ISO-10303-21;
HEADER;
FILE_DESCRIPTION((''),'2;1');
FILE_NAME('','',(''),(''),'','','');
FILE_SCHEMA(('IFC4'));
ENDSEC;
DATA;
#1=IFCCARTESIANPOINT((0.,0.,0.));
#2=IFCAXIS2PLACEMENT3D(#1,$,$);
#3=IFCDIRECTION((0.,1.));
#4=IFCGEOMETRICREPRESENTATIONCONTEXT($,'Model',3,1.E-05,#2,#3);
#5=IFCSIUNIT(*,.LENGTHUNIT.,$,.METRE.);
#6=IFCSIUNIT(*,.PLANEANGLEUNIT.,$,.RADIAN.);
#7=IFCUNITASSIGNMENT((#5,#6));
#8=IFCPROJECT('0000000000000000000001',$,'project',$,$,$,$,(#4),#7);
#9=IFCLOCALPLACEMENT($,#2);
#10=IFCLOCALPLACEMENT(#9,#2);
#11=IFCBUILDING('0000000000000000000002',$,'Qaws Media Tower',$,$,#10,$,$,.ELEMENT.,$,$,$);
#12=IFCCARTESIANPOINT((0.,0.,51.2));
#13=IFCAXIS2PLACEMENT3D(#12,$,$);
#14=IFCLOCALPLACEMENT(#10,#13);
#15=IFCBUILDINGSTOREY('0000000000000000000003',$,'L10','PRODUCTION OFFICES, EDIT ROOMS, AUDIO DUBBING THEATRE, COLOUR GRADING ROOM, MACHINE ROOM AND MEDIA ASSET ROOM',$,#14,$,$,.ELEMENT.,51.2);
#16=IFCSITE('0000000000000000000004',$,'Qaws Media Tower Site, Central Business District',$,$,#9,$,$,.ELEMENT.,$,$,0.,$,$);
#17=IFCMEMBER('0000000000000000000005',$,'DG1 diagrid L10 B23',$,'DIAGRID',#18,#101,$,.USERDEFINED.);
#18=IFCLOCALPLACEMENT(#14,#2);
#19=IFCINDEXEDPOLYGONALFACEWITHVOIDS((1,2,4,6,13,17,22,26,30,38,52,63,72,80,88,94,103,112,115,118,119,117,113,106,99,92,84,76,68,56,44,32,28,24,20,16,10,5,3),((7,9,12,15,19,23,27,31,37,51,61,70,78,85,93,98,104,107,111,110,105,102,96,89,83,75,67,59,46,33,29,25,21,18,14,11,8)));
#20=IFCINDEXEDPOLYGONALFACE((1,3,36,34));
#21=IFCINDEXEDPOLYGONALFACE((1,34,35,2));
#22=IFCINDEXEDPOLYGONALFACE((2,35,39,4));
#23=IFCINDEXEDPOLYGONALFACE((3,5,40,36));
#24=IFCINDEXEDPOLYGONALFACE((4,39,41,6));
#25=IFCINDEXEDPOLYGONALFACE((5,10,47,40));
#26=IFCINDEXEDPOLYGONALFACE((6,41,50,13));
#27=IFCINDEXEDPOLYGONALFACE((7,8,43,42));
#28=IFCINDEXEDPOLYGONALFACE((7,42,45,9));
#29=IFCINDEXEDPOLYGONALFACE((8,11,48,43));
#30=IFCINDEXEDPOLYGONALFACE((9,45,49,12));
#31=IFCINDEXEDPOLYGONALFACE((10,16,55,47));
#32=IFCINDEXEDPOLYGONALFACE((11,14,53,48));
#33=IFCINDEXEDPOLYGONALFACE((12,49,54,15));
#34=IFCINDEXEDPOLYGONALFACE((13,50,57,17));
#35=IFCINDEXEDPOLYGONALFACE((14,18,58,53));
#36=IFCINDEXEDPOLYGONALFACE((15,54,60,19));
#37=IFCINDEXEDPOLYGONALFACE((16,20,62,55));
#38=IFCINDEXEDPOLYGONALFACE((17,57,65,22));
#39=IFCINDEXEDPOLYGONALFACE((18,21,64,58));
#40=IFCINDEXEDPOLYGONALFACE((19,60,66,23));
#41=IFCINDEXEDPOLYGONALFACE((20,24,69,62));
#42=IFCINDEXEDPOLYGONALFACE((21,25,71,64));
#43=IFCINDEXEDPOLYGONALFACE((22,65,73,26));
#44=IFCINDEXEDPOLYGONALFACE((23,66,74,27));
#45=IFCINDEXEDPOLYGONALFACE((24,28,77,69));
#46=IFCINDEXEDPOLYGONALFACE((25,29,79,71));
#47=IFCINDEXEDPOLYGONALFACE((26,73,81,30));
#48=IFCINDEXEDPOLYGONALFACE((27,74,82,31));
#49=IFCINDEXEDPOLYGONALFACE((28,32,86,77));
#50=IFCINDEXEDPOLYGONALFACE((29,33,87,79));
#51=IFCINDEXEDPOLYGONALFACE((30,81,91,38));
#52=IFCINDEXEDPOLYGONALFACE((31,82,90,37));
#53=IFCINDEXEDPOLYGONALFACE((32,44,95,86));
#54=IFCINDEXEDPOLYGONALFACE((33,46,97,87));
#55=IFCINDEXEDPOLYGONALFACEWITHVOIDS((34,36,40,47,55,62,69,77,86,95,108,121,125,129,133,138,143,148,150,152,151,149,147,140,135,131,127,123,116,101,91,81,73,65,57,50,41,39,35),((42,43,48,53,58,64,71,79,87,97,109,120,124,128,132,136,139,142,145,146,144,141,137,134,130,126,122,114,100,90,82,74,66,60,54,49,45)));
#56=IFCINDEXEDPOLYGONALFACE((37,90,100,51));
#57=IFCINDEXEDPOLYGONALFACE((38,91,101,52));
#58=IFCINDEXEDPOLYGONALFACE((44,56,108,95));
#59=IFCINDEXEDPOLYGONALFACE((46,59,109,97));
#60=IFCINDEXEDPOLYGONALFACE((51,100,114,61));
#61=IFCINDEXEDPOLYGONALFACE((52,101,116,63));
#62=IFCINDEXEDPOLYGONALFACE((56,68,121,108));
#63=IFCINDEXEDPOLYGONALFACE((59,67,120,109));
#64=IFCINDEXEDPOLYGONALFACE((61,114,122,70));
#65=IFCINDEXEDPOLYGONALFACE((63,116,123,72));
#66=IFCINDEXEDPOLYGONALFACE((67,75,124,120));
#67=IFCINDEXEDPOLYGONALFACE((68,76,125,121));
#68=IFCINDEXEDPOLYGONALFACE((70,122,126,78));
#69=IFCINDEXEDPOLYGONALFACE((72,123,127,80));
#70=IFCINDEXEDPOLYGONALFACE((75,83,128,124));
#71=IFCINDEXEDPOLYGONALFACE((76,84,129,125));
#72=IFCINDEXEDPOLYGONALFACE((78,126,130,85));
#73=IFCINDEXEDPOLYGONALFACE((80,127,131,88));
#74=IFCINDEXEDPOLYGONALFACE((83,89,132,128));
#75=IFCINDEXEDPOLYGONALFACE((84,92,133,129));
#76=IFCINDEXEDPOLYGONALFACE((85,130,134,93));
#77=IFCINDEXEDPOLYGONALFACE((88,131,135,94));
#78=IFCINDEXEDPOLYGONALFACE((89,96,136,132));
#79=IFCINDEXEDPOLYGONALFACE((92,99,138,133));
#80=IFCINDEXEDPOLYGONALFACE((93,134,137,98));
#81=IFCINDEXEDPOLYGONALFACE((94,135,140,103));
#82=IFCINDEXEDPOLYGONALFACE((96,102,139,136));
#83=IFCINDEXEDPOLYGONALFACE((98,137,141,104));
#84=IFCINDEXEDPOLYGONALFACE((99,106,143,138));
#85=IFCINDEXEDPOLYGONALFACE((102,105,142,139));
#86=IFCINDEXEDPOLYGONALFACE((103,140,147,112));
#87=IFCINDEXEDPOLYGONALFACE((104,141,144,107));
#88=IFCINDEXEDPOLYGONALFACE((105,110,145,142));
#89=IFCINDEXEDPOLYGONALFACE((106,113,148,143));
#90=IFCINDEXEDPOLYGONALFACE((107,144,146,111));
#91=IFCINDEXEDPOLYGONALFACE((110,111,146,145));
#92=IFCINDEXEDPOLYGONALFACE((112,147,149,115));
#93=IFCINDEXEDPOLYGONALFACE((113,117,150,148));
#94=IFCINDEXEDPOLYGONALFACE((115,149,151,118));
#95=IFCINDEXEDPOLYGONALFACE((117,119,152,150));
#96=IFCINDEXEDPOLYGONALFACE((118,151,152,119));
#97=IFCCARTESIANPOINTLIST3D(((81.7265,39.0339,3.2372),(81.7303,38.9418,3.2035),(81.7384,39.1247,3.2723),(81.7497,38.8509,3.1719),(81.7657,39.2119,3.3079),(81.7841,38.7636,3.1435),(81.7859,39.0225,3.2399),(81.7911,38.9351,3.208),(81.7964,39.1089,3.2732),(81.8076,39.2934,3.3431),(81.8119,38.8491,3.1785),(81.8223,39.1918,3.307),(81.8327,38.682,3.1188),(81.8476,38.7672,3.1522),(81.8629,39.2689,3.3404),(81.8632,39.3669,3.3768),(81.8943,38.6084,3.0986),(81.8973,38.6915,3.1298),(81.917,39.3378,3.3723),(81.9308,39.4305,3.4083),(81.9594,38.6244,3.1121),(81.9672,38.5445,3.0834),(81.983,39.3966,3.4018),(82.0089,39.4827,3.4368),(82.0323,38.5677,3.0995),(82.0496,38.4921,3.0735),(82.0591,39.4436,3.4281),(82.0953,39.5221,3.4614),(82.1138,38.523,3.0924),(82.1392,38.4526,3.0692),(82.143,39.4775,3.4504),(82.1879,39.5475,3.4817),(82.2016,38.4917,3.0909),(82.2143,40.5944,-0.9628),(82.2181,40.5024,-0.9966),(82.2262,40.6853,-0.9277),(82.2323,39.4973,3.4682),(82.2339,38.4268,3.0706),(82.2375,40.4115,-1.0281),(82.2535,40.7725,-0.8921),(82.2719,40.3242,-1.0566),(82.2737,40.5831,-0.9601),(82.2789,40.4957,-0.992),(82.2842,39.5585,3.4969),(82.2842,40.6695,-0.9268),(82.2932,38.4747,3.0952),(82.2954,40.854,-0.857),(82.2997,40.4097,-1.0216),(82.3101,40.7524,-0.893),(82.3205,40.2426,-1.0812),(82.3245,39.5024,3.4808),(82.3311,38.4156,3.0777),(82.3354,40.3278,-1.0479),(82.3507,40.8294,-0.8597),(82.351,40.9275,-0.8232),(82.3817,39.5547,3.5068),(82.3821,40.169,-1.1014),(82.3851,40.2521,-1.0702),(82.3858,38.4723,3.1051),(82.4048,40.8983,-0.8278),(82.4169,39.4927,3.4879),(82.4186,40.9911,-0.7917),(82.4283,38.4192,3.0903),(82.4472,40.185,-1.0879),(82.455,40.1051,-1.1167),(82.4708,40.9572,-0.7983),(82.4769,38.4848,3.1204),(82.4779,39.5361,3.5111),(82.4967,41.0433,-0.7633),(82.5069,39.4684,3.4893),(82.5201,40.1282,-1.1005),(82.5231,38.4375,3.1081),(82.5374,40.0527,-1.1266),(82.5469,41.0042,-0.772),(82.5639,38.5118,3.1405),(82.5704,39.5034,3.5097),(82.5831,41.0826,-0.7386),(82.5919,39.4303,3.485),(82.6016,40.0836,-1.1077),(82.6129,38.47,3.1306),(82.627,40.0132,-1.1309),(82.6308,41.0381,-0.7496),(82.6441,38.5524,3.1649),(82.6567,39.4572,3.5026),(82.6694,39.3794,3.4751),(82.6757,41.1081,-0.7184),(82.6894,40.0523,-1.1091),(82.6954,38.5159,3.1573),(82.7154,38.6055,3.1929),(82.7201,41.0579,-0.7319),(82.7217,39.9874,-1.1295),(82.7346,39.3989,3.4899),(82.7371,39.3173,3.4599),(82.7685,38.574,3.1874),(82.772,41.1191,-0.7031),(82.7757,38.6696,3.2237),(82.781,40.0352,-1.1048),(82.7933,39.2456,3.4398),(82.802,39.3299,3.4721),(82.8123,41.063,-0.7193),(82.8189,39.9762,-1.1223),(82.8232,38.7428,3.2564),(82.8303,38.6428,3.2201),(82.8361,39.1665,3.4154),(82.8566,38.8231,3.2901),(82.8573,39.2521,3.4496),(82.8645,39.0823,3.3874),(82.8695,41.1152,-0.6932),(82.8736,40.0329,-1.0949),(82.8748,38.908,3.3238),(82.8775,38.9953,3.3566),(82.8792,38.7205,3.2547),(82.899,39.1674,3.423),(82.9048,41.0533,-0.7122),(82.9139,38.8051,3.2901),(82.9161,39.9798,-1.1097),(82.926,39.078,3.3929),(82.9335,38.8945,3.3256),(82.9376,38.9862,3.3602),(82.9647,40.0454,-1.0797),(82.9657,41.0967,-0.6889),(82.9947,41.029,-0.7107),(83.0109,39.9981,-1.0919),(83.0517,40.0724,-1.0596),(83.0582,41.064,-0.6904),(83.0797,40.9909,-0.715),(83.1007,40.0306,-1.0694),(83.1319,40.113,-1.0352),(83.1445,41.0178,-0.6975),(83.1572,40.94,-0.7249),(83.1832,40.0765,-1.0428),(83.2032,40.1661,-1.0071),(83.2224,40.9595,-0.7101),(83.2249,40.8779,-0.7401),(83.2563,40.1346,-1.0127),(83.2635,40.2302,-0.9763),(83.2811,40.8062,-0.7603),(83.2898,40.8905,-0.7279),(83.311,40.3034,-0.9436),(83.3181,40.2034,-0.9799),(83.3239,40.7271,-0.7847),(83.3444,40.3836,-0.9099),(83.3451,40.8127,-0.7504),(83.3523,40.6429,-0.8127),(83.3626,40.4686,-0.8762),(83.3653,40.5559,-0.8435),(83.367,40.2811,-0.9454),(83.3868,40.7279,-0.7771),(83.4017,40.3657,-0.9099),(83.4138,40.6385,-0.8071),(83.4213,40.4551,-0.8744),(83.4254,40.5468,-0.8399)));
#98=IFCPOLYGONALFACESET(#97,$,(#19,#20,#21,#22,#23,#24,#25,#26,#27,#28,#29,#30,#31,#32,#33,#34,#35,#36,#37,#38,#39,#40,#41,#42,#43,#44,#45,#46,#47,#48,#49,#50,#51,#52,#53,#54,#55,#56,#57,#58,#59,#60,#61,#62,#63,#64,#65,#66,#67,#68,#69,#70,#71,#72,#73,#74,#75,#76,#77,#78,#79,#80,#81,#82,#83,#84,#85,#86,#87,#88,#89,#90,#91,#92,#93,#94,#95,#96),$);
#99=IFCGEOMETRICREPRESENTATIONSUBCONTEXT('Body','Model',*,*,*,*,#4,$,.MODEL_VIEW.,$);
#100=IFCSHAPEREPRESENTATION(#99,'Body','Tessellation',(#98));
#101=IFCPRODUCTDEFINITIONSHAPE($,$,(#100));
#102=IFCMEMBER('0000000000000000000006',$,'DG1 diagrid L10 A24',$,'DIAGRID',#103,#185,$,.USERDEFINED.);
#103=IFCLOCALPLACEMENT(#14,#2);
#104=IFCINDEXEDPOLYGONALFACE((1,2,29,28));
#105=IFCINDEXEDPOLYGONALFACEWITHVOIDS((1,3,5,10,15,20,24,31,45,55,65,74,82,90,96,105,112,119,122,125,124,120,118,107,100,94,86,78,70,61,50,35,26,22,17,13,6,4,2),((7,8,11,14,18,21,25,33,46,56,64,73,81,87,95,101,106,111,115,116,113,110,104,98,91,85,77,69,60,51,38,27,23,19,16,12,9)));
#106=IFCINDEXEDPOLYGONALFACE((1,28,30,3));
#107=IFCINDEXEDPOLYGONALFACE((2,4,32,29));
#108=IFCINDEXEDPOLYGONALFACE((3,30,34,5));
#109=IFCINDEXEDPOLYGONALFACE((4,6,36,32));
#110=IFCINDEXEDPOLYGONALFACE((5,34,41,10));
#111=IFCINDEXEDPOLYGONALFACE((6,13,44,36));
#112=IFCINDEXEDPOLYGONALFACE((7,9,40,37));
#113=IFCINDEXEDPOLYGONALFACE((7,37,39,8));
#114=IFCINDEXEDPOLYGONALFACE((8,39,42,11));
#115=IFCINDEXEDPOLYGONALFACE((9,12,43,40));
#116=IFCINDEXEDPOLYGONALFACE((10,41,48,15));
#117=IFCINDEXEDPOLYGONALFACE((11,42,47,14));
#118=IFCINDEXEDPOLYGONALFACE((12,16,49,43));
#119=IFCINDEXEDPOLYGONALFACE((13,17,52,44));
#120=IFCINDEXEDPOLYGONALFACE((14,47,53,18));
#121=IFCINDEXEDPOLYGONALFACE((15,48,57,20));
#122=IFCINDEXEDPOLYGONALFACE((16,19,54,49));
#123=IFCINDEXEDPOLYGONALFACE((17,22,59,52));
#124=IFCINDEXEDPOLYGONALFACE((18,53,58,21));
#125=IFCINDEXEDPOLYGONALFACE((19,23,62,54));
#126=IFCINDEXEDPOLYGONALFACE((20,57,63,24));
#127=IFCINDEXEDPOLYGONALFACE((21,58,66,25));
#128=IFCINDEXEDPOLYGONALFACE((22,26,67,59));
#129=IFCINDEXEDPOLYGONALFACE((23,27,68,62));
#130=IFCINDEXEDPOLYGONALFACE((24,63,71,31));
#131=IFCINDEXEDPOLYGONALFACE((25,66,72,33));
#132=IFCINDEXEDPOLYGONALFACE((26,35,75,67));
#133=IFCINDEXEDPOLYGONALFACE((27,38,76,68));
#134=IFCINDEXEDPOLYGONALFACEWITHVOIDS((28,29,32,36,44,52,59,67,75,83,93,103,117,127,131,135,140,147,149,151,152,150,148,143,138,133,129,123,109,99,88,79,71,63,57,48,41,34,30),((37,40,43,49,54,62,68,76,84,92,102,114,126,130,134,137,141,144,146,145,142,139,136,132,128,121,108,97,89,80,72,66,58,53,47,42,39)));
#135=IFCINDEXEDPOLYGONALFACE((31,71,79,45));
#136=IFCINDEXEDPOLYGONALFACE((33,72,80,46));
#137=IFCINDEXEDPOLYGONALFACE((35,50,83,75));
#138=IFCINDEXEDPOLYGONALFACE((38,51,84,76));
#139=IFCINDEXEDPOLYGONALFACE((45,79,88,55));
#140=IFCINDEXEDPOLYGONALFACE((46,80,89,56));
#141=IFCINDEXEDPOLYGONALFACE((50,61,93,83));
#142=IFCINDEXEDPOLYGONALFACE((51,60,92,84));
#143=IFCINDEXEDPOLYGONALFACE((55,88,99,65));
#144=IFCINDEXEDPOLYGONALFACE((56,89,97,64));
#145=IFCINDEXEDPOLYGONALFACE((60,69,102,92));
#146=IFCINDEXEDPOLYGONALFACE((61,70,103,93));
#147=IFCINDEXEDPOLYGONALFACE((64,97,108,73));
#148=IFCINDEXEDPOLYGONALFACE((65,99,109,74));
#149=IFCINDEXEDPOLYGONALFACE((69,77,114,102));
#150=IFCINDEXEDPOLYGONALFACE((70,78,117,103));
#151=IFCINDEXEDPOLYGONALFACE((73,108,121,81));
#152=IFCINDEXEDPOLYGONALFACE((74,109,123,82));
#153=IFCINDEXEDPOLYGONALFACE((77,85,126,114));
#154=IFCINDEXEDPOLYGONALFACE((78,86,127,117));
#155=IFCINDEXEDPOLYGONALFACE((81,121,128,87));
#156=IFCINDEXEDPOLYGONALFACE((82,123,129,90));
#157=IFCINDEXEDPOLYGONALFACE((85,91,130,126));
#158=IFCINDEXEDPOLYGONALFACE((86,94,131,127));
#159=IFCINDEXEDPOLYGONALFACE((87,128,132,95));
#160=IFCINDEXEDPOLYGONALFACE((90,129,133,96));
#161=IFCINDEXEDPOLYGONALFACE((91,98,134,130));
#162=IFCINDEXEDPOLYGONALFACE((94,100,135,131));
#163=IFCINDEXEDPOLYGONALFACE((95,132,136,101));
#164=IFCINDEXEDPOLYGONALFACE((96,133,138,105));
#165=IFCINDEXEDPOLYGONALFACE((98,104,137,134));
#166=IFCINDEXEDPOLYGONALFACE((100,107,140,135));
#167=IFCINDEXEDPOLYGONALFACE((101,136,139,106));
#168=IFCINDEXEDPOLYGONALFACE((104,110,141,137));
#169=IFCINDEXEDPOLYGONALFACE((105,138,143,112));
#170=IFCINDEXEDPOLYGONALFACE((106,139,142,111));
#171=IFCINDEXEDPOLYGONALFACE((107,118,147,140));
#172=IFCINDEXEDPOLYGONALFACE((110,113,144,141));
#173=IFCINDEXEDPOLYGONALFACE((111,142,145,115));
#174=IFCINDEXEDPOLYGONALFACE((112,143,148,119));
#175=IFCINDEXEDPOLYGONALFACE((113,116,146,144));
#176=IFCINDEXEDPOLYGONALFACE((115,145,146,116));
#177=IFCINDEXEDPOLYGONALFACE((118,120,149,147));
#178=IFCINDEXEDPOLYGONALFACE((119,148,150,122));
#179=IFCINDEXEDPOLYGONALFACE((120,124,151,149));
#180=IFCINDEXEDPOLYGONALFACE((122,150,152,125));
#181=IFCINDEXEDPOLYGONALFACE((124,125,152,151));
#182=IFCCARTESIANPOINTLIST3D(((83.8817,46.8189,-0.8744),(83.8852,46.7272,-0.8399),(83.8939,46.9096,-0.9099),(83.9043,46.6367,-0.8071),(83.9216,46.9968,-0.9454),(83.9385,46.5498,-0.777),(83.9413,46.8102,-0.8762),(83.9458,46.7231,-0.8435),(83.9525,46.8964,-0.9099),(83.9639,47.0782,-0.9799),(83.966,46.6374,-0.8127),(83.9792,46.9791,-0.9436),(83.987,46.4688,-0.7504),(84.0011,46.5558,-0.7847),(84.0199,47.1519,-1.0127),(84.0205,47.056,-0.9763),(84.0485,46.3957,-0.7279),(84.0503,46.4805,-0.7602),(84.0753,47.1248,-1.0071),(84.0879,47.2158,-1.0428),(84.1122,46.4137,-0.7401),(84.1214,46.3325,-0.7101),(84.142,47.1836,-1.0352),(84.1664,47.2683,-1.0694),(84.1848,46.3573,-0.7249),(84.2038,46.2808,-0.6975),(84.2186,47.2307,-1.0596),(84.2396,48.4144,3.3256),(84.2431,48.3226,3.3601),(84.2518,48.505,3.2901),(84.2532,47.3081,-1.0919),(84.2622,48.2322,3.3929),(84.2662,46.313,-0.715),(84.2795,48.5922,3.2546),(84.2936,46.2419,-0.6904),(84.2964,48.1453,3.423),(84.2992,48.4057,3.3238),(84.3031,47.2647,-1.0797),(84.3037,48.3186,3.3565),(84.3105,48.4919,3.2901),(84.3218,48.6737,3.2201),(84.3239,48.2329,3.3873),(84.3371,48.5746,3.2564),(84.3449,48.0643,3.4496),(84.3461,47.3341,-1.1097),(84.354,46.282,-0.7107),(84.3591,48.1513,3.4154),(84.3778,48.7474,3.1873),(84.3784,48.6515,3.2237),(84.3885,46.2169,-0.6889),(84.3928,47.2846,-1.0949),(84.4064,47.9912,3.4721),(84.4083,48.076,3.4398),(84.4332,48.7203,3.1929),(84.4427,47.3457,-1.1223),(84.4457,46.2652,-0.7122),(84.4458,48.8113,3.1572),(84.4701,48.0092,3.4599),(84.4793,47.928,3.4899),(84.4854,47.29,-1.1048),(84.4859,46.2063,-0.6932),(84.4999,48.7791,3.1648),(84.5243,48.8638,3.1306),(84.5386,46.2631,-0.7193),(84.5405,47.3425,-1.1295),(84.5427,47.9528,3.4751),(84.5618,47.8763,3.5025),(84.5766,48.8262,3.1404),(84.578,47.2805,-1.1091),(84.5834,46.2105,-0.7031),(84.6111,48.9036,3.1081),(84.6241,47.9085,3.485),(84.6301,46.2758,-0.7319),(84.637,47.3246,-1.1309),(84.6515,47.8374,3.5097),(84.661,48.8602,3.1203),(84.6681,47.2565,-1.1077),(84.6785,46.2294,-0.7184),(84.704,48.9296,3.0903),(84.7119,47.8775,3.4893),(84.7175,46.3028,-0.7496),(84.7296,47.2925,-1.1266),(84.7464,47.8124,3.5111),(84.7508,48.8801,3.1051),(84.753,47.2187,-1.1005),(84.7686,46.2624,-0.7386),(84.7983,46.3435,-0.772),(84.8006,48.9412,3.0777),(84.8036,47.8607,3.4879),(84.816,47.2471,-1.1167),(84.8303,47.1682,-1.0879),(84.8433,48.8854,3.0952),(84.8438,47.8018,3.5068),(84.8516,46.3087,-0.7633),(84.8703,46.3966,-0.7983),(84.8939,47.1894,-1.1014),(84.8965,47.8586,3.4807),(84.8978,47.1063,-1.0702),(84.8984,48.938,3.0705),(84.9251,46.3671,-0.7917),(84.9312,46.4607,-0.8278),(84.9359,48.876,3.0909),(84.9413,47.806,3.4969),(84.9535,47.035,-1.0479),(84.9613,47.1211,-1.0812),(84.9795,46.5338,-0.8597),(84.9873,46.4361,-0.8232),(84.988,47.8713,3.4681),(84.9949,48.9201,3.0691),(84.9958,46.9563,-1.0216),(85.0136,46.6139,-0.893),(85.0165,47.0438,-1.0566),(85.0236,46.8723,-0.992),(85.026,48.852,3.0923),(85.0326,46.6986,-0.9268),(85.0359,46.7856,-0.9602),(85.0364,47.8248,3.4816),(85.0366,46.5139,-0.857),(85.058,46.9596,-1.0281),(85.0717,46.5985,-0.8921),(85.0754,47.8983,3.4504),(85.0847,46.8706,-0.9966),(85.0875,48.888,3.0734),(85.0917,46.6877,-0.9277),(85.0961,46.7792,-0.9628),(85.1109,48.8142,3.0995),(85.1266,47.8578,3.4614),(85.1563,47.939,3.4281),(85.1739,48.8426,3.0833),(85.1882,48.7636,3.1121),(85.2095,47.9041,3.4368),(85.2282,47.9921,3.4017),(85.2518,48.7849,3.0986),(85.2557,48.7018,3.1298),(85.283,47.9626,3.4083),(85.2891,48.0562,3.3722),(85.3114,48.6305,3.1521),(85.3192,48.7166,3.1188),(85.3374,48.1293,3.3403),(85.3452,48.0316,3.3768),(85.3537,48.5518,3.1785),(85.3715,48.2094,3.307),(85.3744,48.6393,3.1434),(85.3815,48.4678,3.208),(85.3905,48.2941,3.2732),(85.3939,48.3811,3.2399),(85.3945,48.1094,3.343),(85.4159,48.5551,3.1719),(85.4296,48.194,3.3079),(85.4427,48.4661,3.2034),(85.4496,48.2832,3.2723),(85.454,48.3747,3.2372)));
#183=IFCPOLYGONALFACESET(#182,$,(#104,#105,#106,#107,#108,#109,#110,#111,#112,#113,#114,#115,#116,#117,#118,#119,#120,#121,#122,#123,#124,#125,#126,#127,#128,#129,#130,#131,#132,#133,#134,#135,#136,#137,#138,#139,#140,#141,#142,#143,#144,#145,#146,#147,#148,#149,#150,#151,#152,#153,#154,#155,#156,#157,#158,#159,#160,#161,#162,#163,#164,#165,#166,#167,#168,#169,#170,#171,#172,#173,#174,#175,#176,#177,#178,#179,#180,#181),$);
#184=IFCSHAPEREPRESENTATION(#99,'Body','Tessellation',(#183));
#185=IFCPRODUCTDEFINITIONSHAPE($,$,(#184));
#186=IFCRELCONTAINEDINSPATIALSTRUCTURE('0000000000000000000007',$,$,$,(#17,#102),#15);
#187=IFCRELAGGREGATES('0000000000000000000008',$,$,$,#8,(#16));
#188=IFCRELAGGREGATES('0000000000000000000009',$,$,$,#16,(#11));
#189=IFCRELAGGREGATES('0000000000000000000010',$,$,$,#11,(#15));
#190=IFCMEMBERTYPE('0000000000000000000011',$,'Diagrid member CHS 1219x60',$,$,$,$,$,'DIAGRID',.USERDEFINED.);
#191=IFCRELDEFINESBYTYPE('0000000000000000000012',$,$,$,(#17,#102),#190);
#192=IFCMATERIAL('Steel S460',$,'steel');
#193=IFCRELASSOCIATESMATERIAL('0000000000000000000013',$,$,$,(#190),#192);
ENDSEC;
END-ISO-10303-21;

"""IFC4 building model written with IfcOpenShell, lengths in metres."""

from ifc_helpers import new_model, si_unit, direction, frame, origin, origin_2d, place, context, subcontext, project, spatial, hollow_circle, extrude, material, material_profile, profile_set, type_object, element, save


model = new_model("IFC4")

# Units and contexts
model_context = context("Model", 3, precision=1e-05, world=origin(), true_north=direction((0.0, 1.0)))
body_context = subcontext(model_context, "Body", "Model", "MODEL_VIEW")
ifc_project = project(units=[si_unit("LENGTHUNIT", "METRE"), si_unit("PLANEANGLEUNIT", "RADIAN")], contexts=[model_context])

# Site, building, storey
site_placement = place(None, origin())
site = spatial("IfcSite", under=ifc_project, at=site_placement, Name="Qaws Media Tower Site, Central Business District", CompositionType="ELEMENT", RefElevation=0.0)
building_placement = place(site_placement, origin())
building = spatial("IfcBuilding", under=site, at=building_placement, Name="Qaws Media Tower", CompositionType="ELEMENT")
storey_placement = place(building_placement, frame((0.0, 0.0, 51.2)))
storey = spatial("IfcBuildingStorey", under=building, at=storey_placement, Name="L10", Description="PRODUCTION OFFICES, EDIT ROOMS, AUDIO DUBBING THEATRE, COLOUR GRADING ROOM, MACHINE ROOM AND MEDIA ASSET ROOM", CompositionType="ELEMENT", Elevation=51.2)

# Members
ifc_material_1 = material(Name="Steel S460", Category="steel")
ifc_material_profile_1 = material_profile(ifc_material_1, hollow_circle(Radius=0.6096, WallThickness=0.0601, at=origin_2d()), Name="CHS 1219x60")
ifc_profile_set_1 = profile_set([ifc_material_profile_1], Name="Steel S460")
member_type_1 = type_object("IfcMemberType", Name="Diagrid member CHS 1219x60", ElementType="DIAGRID", PredefinedType="USERDEFINED", material=ifc_profile_set_1)
for number, where, z_axis, x_axis, name in (
    (1, (82.8198, 40.5476, -0.9099), (-0.108231, -0.346251, 0.931878), (0.954459, -0.298343, 0.0), "DG1 diagrid L10 B23"),
    (2, (84.4888, 46.7761, -0.9099), (0.079412, 0.353995, 0.93187), (-0.975749, 0.21889, 0.0), "DG1 diagrid L10 A24"),
):
    element("IfcMember", number, at=place(storey_placement, frame(where, z_axis=z_axis, x_axis=x_axis)), inside=storey, type_object=member_type_1, Name=name, ObjectType="DIAGRID", PredefinedType="USERDEFINED", context=body_context, shape_type="SweptSolid", body=[
        extrude(hollow_circle(Radius=0.6096, WallThickness=0.0601, at=origin_2d()), origin(), (0.0, 0.0, 1.0), 4.5071),
    ])

save(model, "model.ifc")
